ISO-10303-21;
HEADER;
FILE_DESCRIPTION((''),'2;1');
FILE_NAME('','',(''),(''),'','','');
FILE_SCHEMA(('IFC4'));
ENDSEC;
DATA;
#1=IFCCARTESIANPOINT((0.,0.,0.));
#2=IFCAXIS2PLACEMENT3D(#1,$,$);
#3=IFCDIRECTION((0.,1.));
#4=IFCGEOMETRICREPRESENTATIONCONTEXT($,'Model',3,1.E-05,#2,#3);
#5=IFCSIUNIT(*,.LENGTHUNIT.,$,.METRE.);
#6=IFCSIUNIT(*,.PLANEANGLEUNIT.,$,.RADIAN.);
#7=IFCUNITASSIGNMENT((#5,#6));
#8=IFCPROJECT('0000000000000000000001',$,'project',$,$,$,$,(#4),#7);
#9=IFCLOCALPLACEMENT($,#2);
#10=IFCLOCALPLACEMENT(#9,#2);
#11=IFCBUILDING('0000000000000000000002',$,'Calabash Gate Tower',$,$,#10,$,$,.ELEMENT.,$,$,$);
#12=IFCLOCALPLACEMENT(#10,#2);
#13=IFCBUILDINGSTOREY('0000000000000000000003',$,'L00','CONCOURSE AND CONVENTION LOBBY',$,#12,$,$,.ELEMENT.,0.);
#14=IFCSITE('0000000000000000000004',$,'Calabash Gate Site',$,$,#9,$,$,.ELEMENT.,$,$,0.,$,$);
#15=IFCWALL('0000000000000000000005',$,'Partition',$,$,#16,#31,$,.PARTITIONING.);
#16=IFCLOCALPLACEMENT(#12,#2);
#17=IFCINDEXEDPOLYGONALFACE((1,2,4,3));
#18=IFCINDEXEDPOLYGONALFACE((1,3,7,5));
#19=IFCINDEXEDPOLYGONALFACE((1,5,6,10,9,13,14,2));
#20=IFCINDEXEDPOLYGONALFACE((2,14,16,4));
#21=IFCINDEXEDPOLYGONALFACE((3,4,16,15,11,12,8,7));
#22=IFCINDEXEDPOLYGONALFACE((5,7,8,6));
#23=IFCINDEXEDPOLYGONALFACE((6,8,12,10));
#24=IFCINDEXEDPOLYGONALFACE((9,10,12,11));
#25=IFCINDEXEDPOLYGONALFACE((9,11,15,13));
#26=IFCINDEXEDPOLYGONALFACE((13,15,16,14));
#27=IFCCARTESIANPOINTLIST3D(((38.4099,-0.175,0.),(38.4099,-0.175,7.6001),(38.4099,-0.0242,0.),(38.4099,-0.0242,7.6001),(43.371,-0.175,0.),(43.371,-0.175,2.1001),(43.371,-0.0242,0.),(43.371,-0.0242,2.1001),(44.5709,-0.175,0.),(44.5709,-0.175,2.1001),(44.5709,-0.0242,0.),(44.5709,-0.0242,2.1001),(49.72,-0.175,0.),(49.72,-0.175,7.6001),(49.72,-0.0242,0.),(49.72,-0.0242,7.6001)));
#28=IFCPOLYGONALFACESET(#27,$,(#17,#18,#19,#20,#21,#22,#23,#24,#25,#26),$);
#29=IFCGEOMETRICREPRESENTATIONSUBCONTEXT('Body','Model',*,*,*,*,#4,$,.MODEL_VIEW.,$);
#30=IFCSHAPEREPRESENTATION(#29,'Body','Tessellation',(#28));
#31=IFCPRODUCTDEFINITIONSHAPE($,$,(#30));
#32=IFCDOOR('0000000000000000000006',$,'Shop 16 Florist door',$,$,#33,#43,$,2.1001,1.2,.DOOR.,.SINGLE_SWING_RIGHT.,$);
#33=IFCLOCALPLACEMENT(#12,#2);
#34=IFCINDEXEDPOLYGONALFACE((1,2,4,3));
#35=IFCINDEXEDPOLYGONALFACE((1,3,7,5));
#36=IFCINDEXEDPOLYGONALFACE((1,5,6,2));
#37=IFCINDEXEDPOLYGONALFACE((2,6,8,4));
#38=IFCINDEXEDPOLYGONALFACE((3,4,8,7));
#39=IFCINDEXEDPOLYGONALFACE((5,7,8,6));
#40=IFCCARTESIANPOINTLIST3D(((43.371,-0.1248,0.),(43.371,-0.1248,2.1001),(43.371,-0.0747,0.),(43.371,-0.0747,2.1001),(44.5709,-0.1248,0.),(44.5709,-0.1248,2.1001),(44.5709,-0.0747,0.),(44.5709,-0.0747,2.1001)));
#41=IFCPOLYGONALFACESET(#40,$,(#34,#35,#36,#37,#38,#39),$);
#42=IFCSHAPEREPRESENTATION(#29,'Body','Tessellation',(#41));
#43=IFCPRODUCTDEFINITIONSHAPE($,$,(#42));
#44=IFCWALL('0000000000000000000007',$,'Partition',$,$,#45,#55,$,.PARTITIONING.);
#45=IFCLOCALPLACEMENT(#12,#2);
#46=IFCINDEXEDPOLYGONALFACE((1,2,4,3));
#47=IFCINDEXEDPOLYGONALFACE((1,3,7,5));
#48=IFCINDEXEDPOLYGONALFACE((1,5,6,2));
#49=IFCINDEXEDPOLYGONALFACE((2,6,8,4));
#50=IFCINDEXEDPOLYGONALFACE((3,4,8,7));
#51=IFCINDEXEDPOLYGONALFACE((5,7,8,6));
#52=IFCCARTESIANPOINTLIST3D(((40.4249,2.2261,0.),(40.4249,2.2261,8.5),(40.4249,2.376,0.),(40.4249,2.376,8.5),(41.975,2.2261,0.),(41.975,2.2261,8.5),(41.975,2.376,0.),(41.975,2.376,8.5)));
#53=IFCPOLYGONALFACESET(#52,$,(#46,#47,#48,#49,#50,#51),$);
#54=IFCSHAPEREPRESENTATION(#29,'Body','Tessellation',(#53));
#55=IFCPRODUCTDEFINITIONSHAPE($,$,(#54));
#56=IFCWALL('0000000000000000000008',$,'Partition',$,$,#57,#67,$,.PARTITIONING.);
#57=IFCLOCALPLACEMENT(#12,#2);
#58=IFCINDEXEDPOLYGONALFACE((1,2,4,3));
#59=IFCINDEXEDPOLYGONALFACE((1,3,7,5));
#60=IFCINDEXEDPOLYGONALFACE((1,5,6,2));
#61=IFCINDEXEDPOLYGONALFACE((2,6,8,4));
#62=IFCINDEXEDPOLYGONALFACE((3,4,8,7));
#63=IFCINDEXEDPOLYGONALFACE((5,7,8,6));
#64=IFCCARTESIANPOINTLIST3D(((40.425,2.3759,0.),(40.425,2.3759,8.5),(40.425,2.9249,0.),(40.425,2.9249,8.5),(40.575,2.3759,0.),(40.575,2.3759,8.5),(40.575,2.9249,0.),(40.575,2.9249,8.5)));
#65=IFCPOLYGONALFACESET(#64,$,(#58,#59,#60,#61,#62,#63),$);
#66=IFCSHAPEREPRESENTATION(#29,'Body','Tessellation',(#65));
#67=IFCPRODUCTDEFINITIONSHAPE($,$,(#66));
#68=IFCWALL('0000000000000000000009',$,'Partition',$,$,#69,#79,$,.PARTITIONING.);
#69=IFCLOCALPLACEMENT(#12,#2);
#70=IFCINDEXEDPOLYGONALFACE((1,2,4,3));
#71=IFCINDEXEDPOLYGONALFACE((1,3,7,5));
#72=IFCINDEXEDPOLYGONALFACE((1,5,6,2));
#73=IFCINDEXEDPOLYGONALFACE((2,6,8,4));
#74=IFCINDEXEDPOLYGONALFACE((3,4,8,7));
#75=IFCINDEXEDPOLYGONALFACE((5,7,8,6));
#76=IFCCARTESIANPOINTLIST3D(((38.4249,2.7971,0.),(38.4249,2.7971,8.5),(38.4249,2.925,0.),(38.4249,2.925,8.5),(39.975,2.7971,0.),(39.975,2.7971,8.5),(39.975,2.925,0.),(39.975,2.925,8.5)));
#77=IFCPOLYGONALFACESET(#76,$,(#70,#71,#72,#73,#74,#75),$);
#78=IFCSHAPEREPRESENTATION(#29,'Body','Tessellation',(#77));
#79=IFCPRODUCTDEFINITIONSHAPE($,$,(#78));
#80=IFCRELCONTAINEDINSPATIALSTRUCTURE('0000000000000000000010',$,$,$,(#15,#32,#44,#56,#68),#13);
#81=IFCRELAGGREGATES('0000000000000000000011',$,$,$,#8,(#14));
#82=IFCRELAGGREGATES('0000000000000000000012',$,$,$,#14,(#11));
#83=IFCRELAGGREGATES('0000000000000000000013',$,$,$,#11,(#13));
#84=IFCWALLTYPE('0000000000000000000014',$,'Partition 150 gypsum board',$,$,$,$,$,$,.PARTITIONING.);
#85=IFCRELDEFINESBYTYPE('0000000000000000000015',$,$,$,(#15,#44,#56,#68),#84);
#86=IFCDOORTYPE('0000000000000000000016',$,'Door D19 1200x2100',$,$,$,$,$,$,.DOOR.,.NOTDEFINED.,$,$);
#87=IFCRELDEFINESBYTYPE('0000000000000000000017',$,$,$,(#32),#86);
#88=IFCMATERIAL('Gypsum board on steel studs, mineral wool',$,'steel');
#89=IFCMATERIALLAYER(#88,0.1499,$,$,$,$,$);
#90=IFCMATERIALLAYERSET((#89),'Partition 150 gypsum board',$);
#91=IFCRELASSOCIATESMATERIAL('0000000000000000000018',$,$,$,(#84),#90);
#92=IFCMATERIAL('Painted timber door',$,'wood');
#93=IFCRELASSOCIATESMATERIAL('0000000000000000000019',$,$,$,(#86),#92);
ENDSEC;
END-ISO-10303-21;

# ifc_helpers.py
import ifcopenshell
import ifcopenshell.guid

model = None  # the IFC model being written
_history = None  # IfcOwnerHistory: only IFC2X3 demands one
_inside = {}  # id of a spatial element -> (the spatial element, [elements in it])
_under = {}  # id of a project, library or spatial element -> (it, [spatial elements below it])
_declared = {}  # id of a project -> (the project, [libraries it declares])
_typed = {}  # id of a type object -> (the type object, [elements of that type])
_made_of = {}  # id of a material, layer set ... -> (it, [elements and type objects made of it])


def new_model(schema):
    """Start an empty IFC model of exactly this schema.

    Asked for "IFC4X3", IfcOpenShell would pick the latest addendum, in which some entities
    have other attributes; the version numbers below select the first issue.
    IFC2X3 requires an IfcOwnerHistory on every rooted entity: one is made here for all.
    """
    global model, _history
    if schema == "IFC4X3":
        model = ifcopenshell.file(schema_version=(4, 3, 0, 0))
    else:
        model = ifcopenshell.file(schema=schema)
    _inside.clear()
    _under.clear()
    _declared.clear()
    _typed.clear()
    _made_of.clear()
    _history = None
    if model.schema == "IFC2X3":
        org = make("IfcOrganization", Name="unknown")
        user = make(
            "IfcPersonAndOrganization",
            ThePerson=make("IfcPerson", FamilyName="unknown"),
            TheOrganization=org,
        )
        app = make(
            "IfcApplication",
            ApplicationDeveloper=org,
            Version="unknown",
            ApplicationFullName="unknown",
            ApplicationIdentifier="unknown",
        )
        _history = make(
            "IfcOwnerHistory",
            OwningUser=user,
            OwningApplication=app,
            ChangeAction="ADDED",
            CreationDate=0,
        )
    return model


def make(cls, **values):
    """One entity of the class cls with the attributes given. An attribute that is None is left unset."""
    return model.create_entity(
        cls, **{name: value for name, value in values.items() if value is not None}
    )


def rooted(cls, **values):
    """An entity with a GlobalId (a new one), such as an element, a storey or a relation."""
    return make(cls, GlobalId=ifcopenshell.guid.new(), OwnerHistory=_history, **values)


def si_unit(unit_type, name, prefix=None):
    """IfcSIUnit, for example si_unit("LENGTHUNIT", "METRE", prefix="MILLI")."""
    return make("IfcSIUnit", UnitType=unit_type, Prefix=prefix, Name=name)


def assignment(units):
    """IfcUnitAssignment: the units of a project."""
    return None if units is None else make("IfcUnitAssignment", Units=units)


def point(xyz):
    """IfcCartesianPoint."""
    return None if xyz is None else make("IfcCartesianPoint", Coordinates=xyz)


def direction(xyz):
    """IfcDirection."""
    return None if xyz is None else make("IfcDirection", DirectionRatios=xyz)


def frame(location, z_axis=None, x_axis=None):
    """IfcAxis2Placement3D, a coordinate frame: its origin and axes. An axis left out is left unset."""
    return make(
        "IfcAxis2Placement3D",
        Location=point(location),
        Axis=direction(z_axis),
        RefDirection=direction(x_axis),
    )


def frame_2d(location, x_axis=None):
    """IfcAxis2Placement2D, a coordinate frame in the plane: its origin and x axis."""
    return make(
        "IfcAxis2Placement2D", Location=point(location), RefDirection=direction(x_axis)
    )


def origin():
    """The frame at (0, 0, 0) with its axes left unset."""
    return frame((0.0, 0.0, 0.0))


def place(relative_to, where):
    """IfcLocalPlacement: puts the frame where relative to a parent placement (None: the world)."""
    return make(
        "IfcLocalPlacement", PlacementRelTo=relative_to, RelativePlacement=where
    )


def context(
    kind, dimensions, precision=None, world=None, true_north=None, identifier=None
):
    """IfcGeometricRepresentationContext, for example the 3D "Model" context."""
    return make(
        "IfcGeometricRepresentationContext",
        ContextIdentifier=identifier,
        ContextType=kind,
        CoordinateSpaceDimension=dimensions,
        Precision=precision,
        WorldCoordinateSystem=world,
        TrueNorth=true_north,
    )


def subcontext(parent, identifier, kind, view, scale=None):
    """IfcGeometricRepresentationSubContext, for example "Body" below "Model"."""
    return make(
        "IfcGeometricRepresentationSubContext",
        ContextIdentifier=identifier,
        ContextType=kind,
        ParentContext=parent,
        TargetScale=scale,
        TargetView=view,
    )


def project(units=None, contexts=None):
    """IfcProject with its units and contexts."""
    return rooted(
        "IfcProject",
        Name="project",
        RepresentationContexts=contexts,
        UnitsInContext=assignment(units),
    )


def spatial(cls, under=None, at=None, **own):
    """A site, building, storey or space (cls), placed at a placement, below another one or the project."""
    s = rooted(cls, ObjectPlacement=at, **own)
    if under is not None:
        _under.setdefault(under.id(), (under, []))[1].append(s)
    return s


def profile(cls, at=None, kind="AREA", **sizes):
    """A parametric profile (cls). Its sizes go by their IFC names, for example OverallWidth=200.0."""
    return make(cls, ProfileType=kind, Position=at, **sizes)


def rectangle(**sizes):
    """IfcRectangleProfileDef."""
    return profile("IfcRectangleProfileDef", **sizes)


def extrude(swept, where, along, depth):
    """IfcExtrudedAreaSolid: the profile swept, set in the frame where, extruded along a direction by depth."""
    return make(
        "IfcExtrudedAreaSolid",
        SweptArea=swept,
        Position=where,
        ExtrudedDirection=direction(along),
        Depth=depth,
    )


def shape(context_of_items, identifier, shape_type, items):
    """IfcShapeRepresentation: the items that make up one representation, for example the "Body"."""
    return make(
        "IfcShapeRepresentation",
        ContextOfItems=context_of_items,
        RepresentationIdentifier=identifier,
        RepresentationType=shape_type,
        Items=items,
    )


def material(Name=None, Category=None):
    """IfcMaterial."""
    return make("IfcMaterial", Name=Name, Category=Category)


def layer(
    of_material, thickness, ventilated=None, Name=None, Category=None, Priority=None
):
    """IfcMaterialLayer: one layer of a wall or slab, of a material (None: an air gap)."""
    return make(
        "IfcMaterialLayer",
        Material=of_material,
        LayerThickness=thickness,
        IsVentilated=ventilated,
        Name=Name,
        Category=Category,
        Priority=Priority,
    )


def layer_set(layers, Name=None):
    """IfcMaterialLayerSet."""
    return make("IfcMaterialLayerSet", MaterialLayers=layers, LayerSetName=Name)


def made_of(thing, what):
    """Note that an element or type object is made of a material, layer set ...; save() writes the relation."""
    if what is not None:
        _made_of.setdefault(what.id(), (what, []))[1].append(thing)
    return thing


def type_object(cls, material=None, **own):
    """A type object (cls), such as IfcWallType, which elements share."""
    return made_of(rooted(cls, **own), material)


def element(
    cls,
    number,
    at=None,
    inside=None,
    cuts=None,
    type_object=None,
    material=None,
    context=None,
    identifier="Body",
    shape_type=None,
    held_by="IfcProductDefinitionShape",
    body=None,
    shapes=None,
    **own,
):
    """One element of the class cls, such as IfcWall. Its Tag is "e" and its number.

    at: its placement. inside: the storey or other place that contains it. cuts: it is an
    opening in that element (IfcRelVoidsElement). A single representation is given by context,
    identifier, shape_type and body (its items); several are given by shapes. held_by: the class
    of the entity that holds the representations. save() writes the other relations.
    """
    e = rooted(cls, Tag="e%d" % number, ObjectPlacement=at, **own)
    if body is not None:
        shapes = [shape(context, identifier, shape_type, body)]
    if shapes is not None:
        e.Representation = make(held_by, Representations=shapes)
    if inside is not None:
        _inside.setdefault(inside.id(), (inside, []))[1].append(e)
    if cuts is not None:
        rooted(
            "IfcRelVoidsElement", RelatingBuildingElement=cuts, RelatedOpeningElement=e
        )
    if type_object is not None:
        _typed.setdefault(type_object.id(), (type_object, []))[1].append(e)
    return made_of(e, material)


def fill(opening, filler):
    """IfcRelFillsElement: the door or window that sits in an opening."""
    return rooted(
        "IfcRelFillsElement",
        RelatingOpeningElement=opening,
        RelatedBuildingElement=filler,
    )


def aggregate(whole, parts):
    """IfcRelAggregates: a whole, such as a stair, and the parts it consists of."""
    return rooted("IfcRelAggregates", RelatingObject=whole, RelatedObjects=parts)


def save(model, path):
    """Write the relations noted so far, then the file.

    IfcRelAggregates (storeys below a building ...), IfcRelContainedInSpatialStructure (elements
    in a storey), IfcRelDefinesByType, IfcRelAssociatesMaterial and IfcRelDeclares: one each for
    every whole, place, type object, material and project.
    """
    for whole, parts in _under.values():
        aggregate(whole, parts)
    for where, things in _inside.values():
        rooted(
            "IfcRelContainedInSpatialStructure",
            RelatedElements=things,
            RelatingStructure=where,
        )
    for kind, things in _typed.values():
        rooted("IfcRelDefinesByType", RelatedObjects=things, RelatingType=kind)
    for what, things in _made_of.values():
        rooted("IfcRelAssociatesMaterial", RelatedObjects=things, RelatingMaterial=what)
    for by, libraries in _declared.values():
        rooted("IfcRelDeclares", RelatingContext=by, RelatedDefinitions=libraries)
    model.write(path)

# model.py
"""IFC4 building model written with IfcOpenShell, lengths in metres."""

from ifc_helpers import new_model, si_unit, direction, frame, frame_2d, origin, place, context, subcontext, project, spatial, rectangle, extrude, material, layer, layer_set, type_object, element, fill, save


model = new_model("IFC4")

# Units and contexts
model_context = context("Model", 3, precision=1e-05, world=origin(), true_north=direction((0.0, 1.0)))
body_context = subcontext(model_context, "Body", "Model", "MODEL_VIEW")
ifc_project = project(units=[si_unit("LENGTHUNIT", "METRE"), si_unit("PLANEANGLEUNIT", "RADIAN")], contexts=[model_context])

# Site, building, storey
site_placement = place(None, origin())
site = spatial("IfcSite", under=ifc_project, at=site_placement, Name="Calabash Gate Site", CompositionType="ELEMENT", RefElevation=0.0)
building_placement = place(site_placement, origin())
building = spatial("IfcBuilding", under=site, at=building_placement, Name="Calabash Gate Tower", CompositionType="ELEMENT")
storey_placement = place(building_placement, origin())
storey = spatial("IfcBuildingStorey", under=building, at=storey_placement, Name="L00", Description="CONCOURSE AND CONVENTION LOBBY", CompositionType="ELEMENT", Elevation=0.0)

# Wall, opening, door
ifc_material_1 = material(Name="Gypsum board on steel studs, mineral wool", Category="steel")
ifc_layer = layer(ifc_material_1, 0.1499)
ifc_layer_set = layer_set([ifc_layer], Name="Partition 150 gypsum board")
wall_type = type_object("IfcWallType", Name="Partition 150 gypsum board", PredefinedType="PARTITIONING", material=ifc_layer_set)
wall_1_placement = place(storey_placement, frame((38.4099, -0.0996, 0.0), z_axis=(0.0, 0.0, 1.0), x_axis=(1.0, 0.0, 0.0)))
wall_1 = element("IfcWall", 1, at=wall_1_placement, inside=storey, type_object=wall_type, Name="Partition", PredefinedType="PARTITIONING", context=body_context, shape_type="SweptSolid", body=[
    extrude(rectangle(XDim=11.3101, YDim=0.1509, at=frame_2d((5.655, 0.0))), origin(), (0.0, 0.0, 1.0), 7.6001),
])
opening_placement = place(wall_1_placement, frame((4.9609, 0.0, 0.0)))
opening = element("IfcOpeningElement", 2, at=opening_placement, cuts=wall_1, PredefinedType="OPENING", context=body_context, shape_type="SweptSolid", body=[
    extrude(rectangle(XDim=1.2, YDim=2.1001, at=frame_2d((0.6001, 1.05))), frame((0.0, 0.0854, 0.0), z_axis=(0.0, -1.0, 0.0), x_axis=(1.0, 0.0, 0.0)), (0.0, 0.0, 1.0), 0.1709),
])
ifc_material_2 = material(Name="Painted timber door", Category="wood")
door_type = type_object("IfcDoorType", Name="Door D19 1200x2100", OperationType="NOTDEFINED", PredefinedType="DOOR", material=ifc_material_2)
door_placement = place(opening_placement, origin())
door = element("IfcDoor", 3, at=door_placement, inside=storey, type_object=door_type, Name="Shop 16 Florist door", OperationType="SINGLE_SWING_RIGHT", OverallHeight=2.1001, OverallWidth=1.2, PredefinedType="DOOR", context=body_context, shape_type="SweptSolid", body=[
    extrude(rectangle(XDim=1.2, YDim=2.1001, at=frame_2d((0.6001, 1.05))), frame((0.0, 0.0249, 0.0), z_axis=(0.0, -1.0, 0.0), x_axis=(1.0, 0.0, 0.0)), (0.0, 0.0, 1.0), 0.05),
])
fill(opening, door)

# Walls
wall_2_placement = place(storey_placement, frame((40.425, 2.301, 0.0), z_axis=(0.0, 0.0, 1.0), x_axis=(1.0, 0.0, 0.0)))
element("IfcWall", 4, at=wall_2_placement, inside=storey, type_object=wall_type, Name="Partition", PredefinedType="PARTITIONING", context=body_context, shape_type="SweptSolid", body=[
    extrude(rectangle(XDim=1.55, YDim=0.1499, at=frame_2d((0.7749, 0.0))), origin(), (0.0, 0.0, 1.0), 8.5),
])
wall_3_placement = place(storey_placement, frame((40.5, 2.376, 0.0), z_axis=(0.0, 0.0, 1.0), x_axis=(0.0, 1.0, 0.0)))
element("IfcWall", 5, at=wall_3_placement, inside=storey, type_object=wall_type, Name="Partition", PredefinedType="PARTITIONING", context=body_context, shape_type="SweptSolid", body=[
    extrude(rectangle(XDim=0.5491, YDim=0.1499, at=frame_2d((0.2744, 0.0))), origin(), (0.0, 0.0, 1.0), 8.5),
])
wall_4_placement = place(storey_placement, frame((38.425, 2.8611, 0.0), z_axis=(0.0, 0.0, 1.0), x_axis=(1.0, 0.0, 0.0)))
element("IfcWall", 6, at=wall_4_placement, inside=storey, type_object=wall_type, Name="Partition", PredefinedType="PARTITIONING", context=body_context, shape_type="SweptSolid", body=[
    extrude(rectangle(XDim=1.55, YDim=0.1279, at=frame_2d((0.7749, 0.0))), origin(), (0.0, 0.0, 1.0), 8.5),
])

save(model, "model.ifc")
